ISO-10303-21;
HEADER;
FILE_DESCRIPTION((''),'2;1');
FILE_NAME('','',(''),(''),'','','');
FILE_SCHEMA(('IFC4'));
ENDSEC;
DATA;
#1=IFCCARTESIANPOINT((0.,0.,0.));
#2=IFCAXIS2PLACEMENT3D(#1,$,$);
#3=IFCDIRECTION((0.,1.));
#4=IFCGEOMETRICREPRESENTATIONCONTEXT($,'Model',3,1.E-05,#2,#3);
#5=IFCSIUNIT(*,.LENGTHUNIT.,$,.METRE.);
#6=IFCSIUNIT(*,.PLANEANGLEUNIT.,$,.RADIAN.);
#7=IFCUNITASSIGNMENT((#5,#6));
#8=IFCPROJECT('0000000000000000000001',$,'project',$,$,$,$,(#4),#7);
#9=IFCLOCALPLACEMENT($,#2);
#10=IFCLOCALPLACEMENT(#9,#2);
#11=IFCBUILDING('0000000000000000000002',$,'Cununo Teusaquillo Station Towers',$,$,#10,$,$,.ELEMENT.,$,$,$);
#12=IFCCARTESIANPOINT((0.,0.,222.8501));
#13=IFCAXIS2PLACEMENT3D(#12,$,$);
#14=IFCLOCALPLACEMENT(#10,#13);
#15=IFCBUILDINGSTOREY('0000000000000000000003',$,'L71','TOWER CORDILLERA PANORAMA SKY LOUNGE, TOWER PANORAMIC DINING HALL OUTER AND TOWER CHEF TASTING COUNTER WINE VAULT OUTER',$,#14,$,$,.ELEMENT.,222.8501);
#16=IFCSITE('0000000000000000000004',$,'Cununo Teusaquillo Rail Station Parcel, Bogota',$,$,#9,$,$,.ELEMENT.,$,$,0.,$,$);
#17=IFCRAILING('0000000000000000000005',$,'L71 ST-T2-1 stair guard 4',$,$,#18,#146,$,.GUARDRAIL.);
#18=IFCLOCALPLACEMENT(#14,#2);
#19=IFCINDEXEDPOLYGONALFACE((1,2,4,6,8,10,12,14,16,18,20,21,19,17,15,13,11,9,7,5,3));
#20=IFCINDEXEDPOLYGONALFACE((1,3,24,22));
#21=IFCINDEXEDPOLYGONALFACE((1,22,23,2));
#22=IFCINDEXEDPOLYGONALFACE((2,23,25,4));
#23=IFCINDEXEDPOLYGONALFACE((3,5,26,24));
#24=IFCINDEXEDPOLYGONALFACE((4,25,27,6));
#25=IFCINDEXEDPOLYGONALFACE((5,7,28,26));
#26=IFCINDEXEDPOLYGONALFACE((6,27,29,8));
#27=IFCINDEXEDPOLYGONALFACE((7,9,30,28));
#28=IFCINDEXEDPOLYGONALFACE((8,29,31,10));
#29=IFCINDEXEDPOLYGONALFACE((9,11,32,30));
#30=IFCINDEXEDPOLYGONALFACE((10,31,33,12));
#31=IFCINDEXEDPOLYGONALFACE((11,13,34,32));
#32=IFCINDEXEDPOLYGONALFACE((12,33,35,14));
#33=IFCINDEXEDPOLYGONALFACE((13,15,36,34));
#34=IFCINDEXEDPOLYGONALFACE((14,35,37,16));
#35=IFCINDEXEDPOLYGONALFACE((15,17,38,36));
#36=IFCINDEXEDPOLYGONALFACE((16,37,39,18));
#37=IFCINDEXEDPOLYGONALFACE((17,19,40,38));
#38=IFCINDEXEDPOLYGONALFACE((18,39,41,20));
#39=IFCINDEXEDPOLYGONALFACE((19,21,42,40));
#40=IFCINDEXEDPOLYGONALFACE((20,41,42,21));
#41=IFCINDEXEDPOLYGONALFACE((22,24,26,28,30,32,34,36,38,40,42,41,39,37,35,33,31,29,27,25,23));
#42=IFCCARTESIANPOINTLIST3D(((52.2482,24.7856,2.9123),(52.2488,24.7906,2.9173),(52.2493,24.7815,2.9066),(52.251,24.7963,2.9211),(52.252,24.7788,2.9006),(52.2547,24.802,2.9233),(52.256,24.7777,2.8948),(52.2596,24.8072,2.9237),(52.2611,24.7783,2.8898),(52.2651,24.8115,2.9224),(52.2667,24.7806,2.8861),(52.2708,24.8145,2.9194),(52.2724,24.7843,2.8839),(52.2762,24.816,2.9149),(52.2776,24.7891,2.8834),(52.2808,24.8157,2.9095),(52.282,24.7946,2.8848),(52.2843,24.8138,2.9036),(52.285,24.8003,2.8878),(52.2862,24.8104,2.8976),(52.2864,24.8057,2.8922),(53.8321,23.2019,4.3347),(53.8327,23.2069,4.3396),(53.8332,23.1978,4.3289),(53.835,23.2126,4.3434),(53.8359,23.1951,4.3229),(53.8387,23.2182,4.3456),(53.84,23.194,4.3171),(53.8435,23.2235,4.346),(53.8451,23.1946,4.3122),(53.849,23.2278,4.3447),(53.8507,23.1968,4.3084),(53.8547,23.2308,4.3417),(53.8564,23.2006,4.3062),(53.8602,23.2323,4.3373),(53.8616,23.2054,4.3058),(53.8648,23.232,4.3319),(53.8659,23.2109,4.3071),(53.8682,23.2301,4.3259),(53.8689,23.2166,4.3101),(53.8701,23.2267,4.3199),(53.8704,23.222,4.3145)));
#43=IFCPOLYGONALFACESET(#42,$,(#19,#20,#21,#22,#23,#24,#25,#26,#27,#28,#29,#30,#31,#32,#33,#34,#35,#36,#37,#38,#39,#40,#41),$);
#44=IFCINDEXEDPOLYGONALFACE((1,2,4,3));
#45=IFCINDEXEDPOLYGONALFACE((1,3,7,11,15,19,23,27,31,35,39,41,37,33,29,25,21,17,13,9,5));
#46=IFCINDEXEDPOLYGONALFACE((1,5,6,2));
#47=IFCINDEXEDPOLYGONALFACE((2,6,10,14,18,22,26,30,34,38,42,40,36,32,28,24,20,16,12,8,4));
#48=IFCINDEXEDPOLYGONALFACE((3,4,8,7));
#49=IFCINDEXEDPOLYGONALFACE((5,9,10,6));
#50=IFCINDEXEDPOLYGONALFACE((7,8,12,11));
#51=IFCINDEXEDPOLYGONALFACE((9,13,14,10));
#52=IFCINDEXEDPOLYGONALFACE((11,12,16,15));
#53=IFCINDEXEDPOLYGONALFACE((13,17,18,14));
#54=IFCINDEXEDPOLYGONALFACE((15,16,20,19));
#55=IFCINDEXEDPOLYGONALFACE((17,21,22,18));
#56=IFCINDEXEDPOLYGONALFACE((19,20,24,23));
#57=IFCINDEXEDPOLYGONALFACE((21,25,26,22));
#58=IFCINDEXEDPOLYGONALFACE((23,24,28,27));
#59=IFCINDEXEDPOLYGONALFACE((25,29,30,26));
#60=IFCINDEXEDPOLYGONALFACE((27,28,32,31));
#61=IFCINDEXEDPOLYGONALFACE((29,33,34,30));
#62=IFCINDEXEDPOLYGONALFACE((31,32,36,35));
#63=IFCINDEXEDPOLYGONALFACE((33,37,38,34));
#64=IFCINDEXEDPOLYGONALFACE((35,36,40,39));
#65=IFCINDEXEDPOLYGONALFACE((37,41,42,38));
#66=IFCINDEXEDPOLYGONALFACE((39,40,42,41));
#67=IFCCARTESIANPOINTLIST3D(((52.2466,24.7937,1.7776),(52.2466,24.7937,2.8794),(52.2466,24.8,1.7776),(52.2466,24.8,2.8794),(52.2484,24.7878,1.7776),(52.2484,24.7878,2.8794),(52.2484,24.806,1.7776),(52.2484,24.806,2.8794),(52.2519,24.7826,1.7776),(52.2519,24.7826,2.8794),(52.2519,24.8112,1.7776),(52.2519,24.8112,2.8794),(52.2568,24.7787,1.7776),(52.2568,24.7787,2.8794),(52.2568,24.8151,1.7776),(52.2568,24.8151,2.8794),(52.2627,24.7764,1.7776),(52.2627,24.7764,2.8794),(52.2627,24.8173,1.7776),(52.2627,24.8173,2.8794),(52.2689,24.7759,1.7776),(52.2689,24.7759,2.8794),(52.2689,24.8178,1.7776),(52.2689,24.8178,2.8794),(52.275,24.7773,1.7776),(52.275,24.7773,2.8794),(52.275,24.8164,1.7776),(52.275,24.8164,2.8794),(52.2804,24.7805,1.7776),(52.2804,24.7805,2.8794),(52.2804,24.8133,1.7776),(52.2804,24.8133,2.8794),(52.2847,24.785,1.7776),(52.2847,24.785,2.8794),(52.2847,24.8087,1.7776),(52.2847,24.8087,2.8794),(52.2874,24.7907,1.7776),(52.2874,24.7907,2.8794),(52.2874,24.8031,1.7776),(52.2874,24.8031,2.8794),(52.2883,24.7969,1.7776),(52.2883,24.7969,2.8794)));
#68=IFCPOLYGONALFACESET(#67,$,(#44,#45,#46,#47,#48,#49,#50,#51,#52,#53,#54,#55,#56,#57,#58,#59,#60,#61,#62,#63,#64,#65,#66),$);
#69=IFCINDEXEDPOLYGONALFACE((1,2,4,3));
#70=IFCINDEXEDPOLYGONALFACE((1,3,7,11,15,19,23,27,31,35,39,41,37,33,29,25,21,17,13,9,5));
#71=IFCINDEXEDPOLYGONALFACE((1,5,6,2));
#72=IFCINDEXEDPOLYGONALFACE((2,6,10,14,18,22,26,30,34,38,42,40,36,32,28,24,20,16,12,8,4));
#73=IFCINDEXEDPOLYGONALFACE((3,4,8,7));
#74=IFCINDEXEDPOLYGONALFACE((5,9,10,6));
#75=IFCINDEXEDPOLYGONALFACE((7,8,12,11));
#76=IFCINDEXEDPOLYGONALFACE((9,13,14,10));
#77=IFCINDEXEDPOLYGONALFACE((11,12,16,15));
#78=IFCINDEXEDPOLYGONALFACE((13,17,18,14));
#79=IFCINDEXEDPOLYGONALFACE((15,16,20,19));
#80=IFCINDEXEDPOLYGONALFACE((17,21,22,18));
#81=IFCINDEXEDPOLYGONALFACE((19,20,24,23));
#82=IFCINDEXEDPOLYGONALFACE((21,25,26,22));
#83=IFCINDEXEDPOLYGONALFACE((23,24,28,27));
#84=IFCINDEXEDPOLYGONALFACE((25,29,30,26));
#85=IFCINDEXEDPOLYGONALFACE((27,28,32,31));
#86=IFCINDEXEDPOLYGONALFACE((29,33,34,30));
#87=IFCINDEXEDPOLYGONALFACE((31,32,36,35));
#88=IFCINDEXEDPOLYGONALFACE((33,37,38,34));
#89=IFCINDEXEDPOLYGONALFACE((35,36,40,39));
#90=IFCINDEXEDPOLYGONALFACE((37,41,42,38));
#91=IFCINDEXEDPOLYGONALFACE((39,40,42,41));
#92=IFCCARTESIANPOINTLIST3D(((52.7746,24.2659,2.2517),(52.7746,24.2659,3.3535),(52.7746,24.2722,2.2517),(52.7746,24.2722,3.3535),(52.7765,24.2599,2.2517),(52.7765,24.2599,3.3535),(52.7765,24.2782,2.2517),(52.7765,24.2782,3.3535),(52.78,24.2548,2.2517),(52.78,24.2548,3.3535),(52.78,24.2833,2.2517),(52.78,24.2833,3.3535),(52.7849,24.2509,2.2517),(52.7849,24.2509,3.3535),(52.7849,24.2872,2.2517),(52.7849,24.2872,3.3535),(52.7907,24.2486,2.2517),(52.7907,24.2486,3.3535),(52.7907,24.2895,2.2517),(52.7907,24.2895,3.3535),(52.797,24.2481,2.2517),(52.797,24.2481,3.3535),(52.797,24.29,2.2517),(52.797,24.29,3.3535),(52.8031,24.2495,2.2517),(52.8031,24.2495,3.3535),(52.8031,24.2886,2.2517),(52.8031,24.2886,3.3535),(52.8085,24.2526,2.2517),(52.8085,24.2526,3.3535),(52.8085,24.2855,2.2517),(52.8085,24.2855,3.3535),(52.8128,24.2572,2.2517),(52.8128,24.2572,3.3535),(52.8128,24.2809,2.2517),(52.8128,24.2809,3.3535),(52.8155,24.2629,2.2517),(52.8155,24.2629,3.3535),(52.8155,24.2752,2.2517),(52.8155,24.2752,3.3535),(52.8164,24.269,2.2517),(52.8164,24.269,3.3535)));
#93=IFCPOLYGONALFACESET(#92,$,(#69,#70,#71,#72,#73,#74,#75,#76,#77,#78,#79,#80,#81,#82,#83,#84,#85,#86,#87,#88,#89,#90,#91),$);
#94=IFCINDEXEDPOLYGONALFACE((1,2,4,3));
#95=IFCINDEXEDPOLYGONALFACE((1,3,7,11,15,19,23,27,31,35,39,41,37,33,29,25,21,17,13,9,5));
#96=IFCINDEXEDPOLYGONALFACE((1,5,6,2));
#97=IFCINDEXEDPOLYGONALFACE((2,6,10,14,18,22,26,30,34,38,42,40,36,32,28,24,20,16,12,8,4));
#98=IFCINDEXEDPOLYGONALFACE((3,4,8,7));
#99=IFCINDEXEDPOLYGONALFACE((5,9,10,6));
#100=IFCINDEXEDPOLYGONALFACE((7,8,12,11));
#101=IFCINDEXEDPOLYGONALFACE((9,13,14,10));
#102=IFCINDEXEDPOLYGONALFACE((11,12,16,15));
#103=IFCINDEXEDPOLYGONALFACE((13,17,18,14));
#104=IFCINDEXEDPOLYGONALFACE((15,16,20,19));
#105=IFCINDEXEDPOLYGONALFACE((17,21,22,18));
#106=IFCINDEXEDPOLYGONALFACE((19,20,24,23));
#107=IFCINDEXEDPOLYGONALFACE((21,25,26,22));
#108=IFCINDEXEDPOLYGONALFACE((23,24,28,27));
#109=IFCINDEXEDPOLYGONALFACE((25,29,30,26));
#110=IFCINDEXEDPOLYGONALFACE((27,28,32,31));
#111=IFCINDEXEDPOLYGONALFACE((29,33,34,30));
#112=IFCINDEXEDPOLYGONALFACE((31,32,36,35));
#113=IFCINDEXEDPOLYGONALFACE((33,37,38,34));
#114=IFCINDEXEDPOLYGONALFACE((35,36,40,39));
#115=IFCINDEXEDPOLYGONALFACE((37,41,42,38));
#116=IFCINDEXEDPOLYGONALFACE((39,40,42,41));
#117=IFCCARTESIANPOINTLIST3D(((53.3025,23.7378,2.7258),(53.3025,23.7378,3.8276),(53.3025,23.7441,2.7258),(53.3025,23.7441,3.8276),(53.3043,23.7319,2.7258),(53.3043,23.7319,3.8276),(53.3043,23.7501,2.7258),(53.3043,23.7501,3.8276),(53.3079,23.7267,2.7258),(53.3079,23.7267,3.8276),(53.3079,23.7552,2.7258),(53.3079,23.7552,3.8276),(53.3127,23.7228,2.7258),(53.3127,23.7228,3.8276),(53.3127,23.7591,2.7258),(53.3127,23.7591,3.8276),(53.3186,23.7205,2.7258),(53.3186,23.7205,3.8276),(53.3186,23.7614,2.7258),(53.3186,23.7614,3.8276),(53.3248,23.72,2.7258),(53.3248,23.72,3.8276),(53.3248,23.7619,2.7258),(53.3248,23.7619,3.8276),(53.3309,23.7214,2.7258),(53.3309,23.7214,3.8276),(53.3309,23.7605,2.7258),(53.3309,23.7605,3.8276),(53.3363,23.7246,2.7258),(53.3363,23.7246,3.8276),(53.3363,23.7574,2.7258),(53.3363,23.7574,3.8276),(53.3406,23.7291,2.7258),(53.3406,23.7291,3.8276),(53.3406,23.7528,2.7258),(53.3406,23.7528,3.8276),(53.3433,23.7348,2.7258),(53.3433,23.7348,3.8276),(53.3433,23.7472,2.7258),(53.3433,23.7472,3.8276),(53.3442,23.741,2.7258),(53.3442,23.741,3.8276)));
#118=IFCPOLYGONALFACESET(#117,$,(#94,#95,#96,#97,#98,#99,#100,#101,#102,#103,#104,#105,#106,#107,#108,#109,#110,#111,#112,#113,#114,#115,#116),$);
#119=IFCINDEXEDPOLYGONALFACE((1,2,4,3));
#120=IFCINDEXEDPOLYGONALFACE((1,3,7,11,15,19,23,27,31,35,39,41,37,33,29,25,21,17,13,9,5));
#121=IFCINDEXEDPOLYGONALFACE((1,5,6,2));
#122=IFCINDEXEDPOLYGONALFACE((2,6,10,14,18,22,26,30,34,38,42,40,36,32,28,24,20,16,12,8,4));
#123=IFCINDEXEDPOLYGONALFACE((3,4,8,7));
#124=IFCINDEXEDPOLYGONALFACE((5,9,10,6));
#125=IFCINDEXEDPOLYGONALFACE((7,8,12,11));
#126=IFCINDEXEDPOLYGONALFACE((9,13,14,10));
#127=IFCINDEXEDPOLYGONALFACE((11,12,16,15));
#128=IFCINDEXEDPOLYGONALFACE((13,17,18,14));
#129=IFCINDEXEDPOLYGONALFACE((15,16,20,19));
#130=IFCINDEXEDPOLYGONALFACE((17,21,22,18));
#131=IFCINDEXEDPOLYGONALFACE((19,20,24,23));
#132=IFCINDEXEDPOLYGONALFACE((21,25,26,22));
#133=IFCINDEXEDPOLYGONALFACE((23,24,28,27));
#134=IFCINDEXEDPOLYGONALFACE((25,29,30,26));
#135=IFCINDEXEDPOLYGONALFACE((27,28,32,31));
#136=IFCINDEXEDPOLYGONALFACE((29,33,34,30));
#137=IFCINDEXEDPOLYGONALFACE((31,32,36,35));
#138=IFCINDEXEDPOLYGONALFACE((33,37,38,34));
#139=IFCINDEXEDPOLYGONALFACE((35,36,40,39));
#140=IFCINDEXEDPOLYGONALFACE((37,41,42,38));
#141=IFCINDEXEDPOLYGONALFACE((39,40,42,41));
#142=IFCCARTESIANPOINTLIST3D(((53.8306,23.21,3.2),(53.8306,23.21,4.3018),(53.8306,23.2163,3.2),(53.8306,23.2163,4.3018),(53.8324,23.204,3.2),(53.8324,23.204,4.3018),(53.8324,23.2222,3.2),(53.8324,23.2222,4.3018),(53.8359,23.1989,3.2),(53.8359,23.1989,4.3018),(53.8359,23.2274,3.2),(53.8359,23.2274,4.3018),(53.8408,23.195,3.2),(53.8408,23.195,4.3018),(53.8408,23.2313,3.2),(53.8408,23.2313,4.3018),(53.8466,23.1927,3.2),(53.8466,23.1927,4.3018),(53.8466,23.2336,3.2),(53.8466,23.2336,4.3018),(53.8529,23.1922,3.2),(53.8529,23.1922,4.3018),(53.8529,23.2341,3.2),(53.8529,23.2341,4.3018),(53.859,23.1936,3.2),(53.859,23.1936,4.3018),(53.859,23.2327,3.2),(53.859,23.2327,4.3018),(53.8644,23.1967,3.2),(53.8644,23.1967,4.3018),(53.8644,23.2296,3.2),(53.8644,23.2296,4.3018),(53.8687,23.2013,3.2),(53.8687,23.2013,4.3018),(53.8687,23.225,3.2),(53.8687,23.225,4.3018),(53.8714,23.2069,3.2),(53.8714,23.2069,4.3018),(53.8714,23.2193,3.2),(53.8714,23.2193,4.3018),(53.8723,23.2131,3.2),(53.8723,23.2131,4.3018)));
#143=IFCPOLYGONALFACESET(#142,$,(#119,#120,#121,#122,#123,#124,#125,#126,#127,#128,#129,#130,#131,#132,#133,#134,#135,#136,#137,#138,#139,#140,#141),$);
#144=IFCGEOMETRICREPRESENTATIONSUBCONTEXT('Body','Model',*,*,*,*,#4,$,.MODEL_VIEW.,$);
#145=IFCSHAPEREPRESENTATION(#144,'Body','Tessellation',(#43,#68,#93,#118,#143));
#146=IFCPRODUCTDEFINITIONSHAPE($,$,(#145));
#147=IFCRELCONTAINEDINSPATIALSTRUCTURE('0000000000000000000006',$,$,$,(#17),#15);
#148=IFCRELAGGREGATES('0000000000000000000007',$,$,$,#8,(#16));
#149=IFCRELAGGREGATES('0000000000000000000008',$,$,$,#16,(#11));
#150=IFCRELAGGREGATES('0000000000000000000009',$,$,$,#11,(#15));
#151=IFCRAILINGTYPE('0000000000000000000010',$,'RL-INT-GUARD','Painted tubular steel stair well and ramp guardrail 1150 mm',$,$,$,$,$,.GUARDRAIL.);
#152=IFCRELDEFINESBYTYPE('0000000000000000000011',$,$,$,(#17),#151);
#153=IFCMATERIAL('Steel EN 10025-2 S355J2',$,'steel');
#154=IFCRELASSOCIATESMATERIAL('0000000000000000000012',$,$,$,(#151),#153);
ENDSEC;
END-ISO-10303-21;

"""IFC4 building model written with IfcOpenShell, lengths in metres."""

from ifc_helpers import new_model, si_unit, direction, frame, origin, origin_2d, place, context, subcontext, project, spatial, circle, extrude, material, type_object, element, save


model = new_model("IFC4")

# Units and contexts
model_context = context("Model", 3, precision=1e-05, world=origin(), true_north=direction((0.0, 1.0)))
body_context = subcontext(model_context, "Body", "Model", "MODEL_VIEW")
ifc_project = project(units=[si_unit("LENGTHUNIT", "METRE"), si_unit("PLANEANGLEUNIT", "RADIAN")], contexts=[model_context])

# Site, building, storey
site_placement = place(None, origin())
site = spatial("IfcSite", under=ifc_project, at=site_placement, Name="Cununo Teusaquillo Rail Station Parcel, Bogota", CompositionType="ELEMENT", RefElevation=0.0)
building_placement = place(site_placement, origin())
building = spatial("IfcBuilding", under=site, at=building_placement, Name="Cununo Teusaquillo Station Towers", CompositionType="ELEMENT")
storey_placement = place(building_placement, frame((0.0, 0.0, 222.8501)))
storey = spatial("IfcBuildingStorey", under=building, at=storey_placement, Name="L71", Description="TOWER CORDILLERA PANORAMA SKY LOUNGE, TOWER PANORAMIC DINING HALL OUTER AND TOWER CHEF TASTING COUNTER WINE VAULT OUTER", CompositionType="ELEMENT", Elevation=222.8501)

# Railing
ifc_material_1 = material(Name="Steel EN 10025-2 S355J2", Category="steel")
railing_type_1 = type_object("IfcRailingType", Name="RL-INT-GUARD", Description="Painted tubular steel stair well and ramp guardrail 1150 mm", PredefinedType="GUARDRAIL", material=ifc_material_1)
railing_1_placement = place(storey_placement, frame((52.2673, 24.7969, 1.7776)))
element("IfcRailing", 1, at=railing_1_placement, inside=storey, type_object=railing_type_1, Name="L71 ST-T2-1 stair guard 4", PredefinedType="GUARDRAIL", context=body_context, shape_type="SweptSolid", body=[
    extrude(circle(Radius=0.0239, at=origin_2d()), frame((0.0, 0.0, 1.126), z_axis=(0.596971, -0.596879, 0.53606), x_axis=(0.707052, 0.707161, 0.0)), (0.0, 0.0, 1.0), 2.6533),
    extrude(circle(Radius=0.021, at=origin_2d()), origin(), (0.0, 0.0, 1.0), 1.1018),
    extrude(circle(Radius=0.021, at=origin_2d()), frame((0.5281, -0.5278, 0.4741)), (0.0, 0.0, 1.0), 1.1018),
    extrude(circle(Radius=0.021, at=origin_2d()), frame((1.0559, -1.0559, 0.9482)), (0.0, 0.0, 1.0), 1.1018),
    extrude(circle(Radius=0.021, at=origin_2d()), frame((1.584, -1.5837, 1.4224)), (0.0, 0.0, 1.0), 1.1018),
])

save(model, "model.ifc")
